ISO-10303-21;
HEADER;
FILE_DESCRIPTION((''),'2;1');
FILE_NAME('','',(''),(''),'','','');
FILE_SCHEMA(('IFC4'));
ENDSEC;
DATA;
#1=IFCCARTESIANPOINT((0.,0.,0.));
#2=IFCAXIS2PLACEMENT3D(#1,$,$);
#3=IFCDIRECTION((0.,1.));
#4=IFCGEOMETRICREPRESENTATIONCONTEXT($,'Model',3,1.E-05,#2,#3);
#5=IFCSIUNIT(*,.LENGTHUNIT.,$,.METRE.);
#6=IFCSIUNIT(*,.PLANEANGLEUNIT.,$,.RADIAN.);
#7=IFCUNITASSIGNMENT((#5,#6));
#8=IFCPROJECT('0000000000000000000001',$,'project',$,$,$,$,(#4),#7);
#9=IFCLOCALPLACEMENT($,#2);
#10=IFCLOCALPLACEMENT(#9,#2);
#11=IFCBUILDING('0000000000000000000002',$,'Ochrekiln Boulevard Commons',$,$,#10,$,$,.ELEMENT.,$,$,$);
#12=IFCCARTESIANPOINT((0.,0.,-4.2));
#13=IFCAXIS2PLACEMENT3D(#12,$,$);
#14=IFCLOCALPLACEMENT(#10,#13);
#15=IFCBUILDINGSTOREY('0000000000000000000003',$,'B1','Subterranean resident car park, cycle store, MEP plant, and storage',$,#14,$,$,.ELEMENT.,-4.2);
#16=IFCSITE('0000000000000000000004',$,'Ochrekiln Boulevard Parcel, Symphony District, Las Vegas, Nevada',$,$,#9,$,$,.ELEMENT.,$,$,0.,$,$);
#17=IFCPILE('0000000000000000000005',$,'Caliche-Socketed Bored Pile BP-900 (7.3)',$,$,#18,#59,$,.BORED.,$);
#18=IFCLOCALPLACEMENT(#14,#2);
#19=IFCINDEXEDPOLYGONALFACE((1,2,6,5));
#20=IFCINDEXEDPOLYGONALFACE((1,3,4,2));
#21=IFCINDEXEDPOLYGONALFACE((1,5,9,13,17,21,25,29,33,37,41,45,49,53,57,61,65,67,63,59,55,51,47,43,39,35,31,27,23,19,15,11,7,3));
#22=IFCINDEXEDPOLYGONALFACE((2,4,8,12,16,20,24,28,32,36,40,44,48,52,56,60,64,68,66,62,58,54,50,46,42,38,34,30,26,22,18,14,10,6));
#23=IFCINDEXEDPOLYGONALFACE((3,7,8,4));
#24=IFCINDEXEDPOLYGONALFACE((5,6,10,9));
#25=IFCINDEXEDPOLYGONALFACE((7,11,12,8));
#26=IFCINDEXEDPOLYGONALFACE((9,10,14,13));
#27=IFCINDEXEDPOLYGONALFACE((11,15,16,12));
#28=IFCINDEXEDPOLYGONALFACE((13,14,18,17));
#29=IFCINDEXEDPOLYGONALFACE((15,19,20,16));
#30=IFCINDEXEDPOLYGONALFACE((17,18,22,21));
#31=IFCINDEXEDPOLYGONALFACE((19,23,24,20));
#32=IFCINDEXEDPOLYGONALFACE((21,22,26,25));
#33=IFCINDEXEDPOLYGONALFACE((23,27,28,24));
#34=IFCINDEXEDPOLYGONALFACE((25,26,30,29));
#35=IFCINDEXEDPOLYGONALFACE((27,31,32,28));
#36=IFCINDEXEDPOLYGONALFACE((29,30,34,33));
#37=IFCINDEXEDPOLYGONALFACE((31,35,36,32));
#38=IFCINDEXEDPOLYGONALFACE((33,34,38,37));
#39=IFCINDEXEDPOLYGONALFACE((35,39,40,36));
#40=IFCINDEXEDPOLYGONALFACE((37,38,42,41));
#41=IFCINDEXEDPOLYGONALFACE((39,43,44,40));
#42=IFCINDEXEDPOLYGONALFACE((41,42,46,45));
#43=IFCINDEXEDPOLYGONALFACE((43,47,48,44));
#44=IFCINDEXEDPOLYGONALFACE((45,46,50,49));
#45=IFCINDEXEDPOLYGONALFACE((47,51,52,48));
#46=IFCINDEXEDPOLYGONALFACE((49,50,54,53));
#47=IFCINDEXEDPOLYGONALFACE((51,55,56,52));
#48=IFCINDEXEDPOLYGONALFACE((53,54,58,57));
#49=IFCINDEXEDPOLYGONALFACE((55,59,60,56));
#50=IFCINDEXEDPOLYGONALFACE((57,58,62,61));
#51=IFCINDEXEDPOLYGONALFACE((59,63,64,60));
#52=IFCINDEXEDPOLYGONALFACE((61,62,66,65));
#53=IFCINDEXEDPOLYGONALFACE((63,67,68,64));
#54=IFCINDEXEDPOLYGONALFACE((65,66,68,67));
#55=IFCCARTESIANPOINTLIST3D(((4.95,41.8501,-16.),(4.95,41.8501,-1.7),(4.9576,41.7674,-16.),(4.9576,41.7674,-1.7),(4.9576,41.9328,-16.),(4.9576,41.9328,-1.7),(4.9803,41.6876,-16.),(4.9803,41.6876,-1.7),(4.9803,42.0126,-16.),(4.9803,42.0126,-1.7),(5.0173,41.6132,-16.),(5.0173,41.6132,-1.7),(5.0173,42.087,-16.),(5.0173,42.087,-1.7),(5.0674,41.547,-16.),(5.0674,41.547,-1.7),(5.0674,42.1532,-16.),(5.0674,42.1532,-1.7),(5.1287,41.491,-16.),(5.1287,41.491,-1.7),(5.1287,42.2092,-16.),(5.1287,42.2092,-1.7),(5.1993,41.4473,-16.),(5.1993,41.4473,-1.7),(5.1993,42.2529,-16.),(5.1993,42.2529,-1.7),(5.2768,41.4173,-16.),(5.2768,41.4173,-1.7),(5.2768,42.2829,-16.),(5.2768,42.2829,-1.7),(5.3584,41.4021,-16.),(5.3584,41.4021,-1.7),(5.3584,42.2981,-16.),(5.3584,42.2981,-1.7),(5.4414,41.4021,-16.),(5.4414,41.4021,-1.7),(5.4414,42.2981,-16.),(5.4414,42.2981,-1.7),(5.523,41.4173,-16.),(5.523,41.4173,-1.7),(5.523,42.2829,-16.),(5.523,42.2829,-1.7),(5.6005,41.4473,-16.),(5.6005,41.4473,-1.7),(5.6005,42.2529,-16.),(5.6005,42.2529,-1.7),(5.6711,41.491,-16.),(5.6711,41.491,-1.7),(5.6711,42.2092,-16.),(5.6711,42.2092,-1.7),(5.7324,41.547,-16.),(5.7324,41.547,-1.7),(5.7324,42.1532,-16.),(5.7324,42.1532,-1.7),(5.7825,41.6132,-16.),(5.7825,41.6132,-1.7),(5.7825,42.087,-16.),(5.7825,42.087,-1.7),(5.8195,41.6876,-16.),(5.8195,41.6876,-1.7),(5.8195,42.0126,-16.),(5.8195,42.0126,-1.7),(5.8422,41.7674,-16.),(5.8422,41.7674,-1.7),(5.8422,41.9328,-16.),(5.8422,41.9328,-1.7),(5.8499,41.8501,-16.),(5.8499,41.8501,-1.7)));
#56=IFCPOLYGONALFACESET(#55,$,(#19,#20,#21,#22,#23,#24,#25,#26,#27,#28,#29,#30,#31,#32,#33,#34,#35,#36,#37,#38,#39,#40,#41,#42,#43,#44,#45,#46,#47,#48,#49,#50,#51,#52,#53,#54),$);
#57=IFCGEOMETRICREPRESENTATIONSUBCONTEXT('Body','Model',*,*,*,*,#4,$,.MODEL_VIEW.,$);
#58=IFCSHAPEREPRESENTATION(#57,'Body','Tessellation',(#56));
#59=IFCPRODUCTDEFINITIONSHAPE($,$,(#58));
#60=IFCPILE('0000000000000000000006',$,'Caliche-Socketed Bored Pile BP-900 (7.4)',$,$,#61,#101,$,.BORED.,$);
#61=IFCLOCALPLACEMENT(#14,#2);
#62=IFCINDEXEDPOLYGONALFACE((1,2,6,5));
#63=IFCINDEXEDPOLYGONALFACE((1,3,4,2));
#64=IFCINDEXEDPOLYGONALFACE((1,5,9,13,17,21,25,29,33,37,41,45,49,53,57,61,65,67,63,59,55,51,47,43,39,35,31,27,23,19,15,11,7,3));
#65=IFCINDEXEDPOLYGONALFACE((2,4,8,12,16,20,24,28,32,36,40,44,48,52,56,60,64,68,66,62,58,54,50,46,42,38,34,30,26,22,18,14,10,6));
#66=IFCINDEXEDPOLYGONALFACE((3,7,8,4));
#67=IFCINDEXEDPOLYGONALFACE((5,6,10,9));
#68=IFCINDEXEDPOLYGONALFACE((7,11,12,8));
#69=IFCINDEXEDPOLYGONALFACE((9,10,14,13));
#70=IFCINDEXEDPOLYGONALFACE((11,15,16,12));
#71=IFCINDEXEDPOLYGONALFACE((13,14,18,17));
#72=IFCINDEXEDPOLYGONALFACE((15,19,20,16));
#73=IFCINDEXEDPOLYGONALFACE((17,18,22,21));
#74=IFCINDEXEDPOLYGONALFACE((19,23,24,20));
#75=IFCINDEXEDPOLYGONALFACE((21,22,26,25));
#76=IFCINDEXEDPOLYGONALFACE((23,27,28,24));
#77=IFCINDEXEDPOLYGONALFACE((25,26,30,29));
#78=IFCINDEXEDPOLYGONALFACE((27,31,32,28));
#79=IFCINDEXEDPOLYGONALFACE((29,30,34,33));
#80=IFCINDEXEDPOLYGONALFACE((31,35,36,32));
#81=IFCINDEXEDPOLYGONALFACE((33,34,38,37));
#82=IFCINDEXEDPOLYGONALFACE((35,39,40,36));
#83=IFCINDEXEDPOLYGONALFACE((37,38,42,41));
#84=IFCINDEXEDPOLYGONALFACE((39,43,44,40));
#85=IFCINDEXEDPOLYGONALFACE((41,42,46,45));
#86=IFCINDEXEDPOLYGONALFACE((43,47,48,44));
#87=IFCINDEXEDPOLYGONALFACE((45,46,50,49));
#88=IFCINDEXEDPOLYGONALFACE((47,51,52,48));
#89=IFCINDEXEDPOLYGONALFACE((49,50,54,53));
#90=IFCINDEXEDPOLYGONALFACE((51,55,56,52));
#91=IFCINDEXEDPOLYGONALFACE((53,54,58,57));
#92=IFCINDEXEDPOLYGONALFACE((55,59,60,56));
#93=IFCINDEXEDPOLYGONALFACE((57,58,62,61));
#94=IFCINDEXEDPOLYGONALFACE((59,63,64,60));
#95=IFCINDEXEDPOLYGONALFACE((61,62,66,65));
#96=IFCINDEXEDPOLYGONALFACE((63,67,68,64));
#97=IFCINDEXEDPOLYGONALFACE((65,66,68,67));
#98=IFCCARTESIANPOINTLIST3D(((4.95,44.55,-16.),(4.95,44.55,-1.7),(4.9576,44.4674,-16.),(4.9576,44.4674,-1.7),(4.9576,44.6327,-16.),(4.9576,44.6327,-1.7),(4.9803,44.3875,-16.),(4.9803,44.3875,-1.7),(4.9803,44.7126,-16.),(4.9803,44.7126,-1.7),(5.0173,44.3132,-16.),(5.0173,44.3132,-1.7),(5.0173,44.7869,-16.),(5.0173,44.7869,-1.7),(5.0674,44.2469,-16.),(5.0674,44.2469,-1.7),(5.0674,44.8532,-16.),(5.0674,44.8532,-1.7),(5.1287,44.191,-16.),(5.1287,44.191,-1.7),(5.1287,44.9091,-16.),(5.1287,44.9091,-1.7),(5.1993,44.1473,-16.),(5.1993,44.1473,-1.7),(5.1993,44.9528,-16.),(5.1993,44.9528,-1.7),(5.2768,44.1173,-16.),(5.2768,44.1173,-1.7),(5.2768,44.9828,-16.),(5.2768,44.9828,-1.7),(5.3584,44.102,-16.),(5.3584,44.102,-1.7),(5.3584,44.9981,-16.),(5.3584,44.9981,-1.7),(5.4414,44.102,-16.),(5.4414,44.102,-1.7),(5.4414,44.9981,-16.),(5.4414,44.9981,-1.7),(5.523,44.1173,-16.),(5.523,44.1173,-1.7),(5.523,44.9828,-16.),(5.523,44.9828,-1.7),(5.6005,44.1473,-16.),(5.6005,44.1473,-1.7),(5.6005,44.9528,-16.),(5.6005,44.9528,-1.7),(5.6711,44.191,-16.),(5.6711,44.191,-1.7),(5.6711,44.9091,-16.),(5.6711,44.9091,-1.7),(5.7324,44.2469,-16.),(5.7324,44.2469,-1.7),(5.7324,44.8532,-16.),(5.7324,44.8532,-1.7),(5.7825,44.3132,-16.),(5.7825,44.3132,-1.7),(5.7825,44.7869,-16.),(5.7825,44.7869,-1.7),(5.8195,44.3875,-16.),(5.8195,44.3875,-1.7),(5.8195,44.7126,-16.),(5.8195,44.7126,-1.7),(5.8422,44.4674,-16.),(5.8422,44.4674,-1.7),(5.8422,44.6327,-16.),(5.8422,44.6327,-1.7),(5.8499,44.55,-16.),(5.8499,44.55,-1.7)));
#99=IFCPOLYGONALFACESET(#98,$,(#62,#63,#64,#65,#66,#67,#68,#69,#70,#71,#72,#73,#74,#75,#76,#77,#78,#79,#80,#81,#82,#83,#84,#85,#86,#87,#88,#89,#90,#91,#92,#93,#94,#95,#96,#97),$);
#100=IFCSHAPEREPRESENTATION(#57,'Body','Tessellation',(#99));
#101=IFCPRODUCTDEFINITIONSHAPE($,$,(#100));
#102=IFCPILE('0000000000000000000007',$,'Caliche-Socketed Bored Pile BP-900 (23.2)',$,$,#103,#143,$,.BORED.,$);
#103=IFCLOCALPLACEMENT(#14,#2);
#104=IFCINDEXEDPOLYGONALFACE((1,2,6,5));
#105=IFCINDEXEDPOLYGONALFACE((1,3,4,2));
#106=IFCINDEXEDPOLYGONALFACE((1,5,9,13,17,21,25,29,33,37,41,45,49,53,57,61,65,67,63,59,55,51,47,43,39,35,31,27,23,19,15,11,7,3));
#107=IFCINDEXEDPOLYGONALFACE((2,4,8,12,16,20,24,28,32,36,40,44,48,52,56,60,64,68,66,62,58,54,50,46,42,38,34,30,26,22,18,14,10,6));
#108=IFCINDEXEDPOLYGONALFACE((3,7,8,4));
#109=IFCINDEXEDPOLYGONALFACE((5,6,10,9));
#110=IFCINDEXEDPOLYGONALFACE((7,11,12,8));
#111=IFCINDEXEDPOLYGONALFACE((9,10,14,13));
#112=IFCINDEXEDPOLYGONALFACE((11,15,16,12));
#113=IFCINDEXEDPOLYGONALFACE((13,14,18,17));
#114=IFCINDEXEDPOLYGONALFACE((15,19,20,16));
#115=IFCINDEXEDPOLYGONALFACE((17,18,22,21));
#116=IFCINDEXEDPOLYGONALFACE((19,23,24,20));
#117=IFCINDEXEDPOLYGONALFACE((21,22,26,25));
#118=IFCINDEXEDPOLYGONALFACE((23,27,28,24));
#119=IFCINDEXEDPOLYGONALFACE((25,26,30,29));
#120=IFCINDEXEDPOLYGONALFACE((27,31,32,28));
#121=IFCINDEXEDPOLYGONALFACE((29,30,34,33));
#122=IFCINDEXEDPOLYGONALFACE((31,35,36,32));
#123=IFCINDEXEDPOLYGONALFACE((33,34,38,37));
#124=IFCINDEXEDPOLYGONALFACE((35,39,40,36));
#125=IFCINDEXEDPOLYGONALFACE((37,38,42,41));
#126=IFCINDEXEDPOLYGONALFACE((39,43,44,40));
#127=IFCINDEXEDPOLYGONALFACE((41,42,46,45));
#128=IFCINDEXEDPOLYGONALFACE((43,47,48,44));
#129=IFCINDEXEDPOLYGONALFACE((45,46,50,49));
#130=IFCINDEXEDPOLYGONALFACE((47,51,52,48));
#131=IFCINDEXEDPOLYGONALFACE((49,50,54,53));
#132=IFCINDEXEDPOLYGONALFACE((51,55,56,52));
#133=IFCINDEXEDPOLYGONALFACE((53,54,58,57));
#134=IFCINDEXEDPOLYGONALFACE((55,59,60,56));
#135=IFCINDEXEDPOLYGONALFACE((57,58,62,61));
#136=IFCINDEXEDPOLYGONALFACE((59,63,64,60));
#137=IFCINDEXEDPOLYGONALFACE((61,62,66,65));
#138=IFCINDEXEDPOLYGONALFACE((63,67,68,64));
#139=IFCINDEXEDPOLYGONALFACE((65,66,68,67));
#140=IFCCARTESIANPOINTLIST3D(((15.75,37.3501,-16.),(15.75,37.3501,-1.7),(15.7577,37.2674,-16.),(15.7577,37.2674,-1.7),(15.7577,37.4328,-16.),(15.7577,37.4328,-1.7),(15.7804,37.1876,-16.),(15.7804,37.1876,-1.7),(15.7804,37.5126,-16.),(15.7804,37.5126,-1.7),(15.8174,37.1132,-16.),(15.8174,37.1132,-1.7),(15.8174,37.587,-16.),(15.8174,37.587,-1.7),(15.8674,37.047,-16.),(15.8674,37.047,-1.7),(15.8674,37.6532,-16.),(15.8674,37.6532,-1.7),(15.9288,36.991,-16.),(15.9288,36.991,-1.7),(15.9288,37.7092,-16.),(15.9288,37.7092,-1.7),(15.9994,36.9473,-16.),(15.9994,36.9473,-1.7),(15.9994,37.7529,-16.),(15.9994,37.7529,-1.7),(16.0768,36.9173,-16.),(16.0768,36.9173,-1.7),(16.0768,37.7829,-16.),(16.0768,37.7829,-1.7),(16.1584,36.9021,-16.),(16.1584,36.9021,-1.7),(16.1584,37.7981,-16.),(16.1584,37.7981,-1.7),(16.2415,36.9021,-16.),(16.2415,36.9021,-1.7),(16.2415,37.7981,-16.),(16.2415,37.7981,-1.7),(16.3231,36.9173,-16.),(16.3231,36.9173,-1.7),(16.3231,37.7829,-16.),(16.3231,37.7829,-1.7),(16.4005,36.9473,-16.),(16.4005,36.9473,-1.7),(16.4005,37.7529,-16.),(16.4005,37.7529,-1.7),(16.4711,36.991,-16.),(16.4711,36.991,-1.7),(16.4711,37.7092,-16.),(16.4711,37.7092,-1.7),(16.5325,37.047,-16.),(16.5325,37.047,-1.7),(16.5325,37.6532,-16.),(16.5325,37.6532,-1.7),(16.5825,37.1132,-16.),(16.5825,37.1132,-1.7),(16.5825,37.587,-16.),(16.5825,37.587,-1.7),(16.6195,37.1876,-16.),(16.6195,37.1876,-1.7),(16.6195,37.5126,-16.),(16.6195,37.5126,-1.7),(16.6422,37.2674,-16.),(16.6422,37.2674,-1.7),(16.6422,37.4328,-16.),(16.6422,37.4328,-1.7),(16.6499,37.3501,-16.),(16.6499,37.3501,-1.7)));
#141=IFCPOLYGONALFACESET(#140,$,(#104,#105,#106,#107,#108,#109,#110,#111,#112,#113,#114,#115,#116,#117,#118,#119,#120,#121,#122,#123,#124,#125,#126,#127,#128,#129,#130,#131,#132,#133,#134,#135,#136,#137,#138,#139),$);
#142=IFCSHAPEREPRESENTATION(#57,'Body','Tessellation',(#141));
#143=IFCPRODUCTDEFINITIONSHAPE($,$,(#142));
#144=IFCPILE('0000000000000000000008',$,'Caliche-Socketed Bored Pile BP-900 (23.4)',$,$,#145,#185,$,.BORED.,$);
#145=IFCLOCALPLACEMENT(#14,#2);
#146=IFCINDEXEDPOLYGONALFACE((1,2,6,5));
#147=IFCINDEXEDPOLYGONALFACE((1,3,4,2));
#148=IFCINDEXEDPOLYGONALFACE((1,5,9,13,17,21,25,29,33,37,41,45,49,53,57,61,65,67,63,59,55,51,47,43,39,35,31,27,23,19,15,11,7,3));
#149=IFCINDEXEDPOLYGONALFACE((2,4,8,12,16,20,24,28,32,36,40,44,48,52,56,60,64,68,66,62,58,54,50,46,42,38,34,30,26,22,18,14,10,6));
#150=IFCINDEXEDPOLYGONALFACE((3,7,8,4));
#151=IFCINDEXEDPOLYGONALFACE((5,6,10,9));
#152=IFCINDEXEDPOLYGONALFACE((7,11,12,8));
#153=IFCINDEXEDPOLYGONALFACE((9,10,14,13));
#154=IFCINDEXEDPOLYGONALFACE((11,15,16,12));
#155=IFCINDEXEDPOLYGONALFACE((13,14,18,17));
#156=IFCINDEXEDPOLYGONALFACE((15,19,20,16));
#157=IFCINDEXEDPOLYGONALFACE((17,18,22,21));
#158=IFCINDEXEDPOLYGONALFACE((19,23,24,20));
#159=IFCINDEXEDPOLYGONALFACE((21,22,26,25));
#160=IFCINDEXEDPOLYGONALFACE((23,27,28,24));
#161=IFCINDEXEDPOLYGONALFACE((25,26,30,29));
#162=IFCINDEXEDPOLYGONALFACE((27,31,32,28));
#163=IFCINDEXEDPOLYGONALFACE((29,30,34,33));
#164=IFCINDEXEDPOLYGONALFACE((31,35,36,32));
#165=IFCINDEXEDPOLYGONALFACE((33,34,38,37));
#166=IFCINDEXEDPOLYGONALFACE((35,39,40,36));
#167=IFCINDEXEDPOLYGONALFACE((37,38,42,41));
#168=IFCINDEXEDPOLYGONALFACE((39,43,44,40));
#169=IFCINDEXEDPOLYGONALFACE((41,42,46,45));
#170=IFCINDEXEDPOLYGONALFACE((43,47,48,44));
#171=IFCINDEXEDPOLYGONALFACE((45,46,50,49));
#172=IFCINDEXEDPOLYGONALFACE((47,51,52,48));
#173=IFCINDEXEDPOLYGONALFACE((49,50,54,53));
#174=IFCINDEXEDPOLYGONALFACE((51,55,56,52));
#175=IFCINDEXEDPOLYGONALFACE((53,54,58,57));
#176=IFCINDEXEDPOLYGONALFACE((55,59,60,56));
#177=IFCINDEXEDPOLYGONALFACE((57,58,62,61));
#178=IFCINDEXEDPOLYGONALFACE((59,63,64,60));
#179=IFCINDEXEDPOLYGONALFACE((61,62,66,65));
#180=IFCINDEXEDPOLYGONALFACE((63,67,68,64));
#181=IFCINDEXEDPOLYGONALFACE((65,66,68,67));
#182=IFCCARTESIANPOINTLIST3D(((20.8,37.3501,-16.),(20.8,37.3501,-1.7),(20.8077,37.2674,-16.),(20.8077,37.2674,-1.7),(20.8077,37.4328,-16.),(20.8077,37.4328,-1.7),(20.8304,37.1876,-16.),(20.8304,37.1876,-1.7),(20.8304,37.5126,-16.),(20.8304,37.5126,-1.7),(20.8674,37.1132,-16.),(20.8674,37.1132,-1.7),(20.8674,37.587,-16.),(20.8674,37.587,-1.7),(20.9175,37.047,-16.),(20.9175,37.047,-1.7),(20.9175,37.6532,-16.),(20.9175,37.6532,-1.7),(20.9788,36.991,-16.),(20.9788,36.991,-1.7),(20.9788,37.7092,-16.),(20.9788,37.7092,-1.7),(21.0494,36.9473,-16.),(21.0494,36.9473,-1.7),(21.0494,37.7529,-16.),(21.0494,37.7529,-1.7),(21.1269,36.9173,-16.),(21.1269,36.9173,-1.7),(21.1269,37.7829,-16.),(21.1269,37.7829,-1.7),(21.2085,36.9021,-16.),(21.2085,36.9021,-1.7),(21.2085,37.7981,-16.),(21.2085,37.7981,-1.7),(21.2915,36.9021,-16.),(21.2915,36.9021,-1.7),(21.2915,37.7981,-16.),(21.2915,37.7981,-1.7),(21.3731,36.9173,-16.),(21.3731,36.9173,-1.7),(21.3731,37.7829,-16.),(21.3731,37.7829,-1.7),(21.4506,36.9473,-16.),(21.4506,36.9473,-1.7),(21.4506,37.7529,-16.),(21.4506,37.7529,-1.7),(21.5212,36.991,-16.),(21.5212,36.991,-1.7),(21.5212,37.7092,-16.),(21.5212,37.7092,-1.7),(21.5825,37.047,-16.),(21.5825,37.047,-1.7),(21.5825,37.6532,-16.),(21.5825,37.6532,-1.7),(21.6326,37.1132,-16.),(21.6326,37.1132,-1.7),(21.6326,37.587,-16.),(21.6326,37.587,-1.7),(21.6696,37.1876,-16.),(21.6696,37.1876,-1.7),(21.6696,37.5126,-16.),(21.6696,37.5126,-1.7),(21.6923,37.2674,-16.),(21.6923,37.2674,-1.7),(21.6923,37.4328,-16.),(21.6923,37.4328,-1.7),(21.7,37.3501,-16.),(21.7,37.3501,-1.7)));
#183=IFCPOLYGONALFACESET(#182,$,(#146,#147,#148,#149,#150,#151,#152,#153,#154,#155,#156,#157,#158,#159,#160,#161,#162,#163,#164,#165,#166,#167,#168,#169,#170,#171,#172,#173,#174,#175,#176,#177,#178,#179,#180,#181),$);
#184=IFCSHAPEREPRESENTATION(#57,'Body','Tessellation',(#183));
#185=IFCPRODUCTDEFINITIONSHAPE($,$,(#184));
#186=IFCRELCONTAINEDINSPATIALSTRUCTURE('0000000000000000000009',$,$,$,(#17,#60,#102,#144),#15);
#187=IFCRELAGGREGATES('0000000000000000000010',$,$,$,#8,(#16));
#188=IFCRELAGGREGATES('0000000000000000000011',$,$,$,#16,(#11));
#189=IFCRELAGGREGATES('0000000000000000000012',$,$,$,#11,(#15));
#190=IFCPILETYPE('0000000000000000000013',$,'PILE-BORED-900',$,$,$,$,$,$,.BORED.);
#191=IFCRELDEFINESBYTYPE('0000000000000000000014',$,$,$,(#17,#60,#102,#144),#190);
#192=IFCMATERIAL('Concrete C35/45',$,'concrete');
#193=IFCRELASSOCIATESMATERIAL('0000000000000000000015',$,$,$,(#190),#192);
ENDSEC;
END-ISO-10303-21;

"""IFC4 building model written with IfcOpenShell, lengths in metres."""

from ifc_helpers import new_model, si_unit, direction, frame, origin, origin_2d, place, context, subcontext, project, spatial, circle, extrude, material, material_profile, profile_set, type_object, element, save


model = new_model("IFC4")

# Units and contexts
model_context = context("Model", 3, precision=1e-05, world=origin(), true_north=direction((0.0, 1.0)))
body_context = subcontext(model_context, "Body", "Model", "MODEL_VIEW")
ifc_project = project(units=[si_unit("LENGTHUNIT", "METRE"), si_unit("PLANEANGLEUNIT", "RADIAN")], contexts=[model_context])

# Site, building, storey
site_placement = place(None, origin())
site = spatial("IfcSite", under=ifc_project, at=site_placement, Name="Ochrekiln Boulevard Parcel, Symphony District, Las Vegas, Nevada", CompositionType="ELEMENT", RefElevation=0.0)
building_placement = place(site_placement, origin())
building = spatial("IfcBuilding", under=site, at=building_placement, Name="Ochrekiln Boulevard Commons", CompositionType="ELEMENT")
storey_placement = place(building_placement, frame((0.0, 0.0, -4.2)))
storey = spatial("IfcBuildingStorey", under=building, at=storey_placement, Name="B1", Description="Subterranean resident car park, cycle store, MEP plant, and storage", CompositionType="ELEMENT", Elevation=-4.2)

# Shared definitions
ifc_material_1 = material(Name="Concrete C35/45", Category="concrete")

# Piles
ifc_material_profile_1 = material_profile(ifc_material_1, circle(Radius=0.45, at=origin_2d()), Name="PILE-D900")
ifc_profile_set_1 = profile_set([ifc_material_profile_1], Name="Concrete C35/45")
pile_type = type_object("IfcPileType", Name="PILE-BORED-900", PredefinedType="BORED", material=ifc_profile_set_1)
for number, where, z_axis, x_axis, name in (
    (1, (5.3999, 41.8501, -1.7), (0.0, 0.0, -1.0), (1.0, 0.0, 0.0), "Caliche-Socketed Bored Pile BP-900 (7.3)"),
    (2, (5.3999, 44.55, -1.7), (0.0, 0.0, -1.0), (1.0, 0.0, 0.0), "Caliche-Socketed Bored Pile BP-900 (7.4)"),
    (3, (16.2, 37.3501, -1.7), (0.0, 0.0, -1.0), (1.0, 0.0, 0.0), "Caliche-Socketed Bored Pile BP-900 (23.2)"),
    (4, (21.25, 37.3501, -1.7), (0.0, 0.0, -1.0), (1.0, 0.0, 0.0), "Caliche-Socketed Bored Pile BP-900 (23.4)"),
):
    element("IfcPile", number, at=place(storey_placement, frame(where, z_axis=z_axis, x_axis=x_axis)), inside=storey, type_object=pile_type, Name=name, PredefinedType="BORED", context=body_context, shape_type="SweptSolid", body=[
        extrude(circle(Radius=0.45, at=origin_2d()), origin(), (0.0, 0.0, 1.0), 14.3),
    ])

save(model, "model.ifc")
